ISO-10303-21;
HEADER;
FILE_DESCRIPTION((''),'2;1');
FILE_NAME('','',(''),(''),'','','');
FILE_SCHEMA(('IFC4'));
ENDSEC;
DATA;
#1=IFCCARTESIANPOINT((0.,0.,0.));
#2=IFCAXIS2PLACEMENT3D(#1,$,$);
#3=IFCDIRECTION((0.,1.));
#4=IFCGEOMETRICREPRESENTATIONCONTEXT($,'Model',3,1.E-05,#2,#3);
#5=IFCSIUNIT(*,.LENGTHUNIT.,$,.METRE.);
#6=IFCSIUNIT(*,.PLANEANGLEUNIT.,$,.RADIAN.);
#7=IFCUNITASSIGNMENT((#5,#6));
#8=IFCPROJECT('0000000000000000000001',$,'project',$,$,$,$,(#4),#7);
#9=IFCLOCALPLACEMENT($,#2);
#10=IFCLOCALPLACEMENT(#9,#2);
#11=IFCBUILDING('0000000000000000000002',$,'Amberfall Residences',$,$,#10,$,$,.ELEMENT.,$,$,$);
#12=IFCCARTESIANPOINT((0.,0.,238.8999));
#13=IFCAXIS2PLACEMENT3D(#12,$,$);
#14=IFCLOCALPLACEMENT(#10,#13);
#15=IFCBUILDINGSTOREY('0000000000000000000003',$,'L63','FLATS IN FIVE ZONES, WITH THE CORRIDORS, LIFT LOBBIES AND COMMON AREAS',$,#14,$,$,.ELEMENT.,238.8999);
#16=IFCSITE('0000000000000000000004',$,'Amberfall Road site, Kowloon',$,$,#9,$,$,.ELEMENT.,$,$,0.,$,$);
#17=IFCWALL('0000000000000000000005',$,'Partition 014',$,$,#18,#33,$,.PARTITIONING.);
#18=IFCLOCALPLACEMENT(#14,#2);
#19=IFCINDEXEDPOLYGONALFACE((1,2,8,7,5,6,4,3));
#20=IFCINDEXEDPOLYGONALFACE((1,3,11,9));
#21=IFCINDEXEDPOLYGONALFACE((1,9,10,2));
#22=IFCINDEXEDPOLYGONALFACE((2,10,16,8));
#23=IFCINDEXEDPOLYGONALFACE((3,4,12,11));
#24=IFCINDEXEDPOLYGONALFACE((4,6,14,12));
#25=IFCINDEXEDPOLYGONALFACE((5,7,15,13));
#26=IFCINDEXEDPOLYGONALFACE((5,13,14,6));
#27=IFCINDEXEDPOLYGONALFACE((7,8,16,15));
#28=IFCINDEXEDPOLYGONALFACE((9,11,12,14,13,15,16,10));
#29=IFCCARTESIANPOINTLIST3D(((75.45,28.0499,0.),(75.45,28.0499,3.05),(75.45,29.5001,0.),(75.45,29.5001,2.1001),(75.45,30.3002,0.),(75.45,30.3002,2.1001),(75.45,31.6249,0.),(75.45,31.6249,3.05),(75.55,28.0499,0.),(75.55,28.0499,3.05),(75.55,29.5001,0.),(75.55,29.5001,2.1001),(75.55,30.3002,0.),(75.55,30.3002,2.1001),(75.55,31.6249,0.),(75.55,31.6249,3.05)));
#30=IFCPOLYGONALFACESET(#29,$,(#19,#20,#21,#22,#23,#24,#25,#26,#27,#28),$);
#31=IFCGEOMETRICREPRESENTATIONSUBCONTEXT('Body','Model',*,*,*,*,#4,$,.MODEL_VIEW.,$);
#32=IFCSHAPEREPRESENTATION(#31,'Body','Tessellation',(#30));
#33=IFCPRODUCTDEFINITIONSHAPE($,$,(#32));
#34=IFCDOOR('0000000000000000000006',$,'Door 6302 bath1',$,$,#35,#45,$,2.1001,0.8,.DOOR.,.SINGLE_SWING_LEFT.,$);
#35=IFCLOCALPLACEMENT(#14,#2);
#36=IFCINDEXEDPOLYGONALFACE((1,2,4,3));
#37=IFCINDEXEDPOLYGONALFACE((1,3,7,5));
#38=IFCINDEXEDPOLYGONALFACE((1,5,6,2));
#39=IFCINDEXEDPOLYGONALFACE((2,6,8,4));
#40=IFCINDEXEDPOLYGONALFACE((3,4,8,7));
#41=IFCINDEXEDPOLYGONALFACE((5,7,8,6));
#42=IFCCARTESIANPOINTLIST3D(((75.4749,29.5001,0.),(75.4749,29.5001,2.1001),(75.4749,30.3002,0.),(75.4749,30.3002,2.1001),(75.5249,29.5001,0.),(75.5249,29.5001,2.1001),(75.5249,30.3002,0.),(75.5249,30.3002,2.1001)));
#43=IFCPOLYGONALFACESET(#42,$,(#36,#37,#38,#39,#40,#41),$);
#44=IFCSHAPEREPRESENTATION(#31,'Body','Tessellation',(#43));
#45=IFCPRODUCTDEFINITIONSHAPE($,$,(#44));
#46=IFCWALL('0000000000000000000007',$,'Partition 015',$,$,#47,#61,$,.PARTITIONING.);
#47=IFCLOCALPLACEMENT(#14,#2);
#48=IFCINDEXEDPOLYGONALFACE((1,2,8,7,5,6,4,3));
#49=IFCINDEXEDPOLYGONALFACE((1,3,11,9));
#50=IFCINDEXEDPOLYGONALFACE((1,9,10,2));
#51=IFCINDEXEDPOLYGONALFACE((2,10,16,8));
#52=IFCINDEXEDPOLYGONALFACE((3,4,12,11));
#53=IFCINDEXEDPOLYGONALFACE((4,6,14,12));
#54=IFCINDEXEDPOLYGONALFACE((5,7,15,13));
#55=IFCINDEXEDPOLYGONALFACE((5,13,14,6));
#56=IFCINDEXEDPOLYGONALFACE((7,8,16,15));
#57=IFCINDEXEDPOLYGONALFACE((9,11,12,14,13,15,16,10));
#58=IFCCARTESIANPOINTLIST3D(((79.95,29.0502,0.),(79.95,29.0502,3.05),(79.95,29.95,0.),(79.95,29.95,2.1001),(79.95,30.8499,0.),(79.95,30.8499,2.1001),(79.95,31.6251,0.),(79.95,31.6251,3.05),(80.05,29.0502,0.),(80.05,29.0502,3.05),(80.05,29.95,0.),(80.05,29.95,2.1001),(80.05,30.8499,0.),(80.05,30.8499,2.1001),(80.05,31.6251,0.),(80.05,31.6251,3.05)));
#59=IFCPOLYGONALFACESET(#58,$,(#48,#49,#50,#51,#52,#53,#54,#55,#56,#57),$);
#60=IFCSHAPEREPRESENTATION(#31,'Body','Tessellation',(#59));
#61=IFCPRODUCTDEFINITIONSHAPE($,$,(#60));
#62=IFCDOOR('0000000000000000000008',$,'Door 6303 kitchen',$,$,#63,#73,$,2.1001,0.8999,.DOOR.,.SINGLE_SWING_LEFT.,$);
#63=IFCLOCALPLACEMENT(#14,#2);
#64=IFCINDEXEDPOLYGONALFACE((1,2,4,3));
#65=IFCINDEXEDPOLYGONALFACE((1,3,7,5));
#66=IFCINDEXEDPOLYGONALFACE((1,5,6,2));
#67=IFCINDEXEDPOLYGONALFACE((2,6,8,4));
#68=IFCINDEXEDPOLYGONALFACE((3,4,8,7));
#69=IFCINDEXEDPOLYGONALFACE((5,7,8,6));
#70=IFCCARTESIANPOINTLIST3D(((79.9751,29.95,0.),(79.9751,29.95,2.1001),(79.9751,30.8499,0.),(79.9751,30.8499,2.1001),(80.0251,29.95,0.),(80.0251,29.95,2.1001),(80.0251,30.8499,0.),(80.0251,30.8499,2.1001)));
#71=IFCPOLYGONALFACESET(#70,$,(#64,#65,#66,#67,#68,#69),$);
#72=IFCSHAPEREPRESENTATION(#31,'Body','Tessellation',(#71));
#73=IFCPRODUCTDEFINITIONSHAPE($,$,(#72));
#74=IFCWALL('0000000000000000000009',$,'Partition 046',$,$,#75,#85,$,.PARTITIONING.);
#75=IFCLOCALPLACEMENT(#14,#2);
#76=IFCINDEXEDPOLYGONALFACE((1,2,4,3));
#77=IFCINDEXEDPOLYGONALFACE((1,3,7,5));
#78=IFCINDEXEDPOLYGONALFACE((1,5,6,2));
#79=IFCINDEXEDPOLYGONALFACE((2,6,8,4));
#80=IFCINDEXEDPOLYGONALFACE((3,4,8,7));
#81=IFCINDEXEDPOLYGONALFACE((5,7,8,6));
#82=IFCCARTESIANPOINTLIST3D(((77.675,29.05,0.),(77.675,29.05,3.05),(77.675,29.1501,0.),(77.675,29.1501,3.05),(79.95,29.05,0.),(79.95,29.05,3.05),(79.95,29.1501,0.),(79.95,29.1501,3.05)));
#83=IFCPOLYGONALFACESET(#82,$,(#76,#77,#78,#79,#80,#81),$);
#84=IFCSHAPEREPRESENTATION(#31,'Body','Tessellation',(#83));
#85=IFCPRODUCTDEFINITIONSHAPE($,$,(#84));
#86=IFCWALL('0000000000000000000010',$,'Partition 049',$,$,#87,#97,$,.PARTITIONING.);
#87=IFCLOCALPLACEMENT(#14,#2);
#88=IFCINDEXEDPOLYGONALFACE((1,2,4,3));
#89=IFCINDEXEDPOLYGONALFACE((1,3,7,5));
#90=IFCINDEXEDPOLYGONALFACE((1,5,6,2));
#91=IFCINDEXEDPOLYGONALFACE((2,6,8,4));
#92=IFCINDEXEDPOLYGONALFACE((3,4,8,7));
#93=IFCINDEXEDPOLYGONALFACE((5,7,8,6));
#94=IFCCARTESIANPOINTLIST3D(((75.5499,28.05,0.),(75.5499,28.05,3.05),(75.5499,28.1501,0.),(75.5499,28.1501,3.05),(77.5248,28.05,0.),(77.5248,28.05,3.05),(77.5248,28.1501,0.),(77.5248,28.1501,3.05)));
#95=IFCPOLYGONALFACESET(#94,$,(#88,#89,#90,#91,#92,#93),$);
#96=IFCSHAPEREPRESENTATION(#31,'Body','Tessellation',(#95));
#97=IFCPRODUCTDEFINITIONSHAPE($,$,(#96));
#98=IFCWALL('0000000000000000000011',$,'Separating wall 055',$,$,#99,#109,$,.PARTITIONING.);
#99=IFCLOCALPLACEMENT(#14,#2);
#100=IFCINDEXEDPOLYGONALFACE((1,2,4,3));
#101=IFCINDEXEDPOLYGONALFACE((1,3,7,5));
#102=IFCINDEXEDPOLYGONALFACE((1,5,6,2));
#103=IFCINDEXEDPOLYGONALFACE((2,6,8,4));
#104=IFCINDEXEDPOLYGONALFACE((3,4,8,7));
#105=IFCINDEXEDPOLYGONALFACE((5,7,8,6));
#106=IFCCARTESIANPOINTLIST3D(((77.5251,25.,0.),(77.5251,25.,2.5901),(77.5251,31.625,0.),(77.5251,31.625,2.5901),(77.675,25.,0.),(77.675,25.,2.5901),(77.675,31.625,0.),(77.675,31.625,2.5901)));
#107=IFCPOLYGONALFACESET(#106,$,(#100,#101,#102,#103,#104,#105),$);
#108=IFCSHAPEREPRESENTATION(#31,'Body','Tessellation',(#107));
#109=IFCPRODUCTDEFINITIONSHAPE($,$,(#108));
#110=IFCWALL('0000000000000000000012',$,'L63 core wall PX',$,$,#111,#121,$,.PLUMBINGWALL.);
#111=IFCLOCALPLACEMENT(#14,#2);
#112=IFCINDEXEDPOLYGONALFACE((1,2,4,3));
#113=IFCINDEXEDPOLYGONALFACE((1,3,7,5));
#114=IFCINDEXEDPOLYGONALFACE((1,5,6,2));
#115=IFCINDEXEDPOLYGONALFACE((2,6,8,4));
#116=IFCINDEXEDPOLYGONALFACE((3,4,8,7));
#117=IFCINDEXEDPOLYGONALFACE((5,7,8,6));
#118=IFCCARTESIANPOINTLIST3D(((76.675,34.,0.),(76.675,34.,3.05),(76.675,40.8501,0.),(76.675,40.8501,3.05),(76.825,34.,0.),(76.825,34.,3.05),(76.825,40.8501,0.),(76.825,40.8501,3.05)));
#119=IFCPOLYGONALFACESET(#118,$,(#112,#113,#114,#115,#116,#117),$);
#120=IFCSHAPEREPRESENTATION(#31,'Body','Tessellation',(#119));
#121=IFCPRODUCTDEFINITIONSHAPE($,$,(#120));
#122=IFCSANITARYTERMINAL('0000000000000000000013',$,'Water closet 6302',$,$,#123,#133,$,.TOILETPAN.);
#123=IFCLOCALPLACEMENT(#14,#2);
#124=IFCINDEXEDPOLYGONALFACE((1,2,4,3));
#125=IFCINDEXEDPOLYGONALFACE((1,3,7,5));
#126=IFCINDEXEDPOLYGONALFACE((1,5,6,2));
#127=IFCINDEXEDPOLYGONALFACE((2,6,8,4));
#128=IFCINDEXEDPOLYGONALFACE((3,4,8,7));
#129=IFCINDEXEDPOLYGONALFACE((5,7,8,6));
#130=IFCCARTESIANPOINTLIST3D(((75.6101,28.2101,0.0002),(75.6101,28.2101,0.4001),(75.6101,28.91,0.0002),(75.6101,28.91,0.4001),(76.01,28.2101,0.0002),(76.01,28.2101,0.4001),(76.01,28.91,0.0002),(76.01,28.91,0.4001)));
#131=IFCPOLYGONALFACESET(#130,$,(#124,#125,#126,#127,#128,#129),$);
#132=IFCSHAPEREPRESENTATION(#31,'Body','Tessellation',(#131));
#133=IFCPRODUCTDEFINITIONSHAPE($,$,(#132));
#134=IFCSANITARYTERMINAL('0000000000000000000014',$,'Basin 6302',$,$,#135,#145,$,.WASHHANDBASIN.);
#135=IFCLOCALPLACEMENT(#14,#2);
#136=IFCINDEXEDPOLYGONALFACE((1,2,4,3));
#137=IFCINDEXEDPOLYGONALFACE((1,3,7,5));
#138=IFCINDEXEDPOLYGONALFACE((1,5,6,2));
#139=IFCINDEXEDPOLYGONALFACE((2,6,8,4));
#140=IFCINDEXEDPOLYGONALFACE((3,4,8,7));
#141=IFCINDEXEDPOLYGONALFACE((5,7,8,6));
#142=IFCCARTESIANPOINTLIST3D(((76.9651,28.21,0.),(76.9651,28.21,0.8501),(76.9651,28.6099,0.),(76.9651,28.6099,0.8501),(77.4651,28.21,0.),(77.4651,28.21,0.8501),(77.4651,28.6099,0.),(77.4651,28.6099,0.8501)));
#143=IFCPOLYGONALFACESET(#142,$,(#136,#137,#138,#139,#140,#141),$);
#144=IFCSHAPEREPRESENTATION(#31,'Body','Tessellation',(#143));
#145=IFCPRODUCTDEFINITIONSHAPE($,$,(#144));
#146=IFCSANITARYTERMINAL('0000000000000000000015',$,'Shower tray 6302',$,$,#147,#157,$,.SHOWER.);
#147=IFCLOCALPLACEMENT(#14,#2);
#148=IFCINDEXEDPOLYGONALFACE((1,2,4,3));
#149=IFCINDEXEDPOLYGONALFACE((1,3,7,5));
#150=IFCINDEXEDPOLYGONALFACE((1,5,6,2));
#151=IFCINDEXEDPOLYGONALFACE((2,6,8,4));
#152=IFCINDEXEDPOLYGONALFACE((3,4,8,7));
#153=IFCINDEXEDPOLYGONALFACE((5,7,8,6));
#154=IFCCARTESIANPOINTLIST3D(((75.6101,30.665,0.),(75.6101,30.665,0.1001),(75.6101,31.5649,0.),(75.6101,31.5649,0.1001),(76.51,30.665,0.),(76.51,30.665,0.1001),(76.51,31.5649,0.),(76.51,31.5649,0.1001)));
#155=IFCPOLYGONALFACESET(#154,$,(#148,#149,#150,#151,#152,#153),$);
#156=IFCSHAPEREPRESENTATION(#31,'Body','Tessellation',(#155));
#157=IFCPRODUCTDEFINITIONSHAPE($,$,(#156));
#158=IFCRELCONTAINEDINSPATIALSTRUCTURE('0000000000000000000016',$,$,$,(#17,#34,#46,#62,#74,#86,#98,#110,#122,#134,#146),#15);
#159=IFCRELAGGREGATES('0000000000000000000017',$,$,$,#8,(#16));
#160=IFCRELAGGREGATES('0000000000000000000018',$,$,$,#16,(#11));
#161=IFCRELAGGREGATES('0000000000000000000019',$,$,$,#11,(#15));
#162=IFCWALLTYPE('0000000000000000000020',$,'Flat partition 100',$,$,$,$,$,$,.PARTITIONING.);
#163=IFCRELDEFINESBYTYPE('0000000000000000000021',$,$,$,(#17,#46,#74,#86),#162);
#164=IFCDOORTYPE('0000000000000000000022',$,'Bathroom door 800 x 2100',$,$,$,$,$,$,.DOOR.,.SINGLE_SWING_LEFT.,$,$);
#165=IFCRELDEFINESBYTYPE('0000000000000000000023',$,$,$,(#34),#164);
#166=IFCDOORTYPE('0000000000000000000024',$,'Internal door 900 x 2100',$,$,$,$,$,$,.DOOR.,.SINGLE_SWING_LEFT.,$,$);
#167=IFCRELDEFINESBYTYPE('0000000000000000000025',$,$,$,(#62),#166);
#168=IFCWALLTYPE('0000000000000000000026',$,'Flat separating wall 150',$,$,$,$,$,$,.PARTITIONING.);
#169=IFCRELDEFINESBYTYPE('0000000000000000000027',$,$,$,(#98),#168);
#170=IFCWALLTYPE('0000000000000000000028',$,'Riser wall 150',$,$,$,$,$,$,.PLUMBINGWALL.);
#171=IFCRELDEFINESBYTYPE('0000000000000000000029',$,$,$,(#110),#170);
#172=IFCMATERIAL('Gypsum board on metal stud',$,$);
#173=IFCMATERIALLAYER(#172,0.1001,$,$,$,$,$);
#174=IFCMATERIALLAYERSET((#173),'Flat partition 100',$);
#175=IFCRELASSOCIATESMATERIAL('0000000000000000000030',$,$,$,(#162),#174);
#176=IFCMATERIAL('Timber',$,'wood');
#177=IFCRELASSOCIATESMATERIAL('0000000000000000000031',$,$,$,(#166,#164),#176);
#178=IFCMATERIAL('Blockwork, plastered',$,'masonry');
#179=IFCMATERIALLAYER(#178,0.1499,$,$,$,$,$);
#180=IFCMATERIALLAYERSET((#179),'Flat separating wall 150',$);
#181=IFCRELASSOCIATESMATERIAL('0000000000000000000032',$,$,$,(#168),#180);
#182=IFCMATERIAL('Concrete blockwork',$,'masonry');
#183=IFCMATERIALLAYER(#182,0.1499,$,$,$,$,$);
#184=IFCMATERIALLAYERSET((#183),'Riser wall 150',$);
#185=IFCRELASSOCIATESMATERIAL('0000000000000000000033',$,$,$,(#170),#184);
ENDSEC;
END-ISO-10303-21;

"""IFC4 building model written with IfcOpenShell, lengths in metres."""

from ifc_helpers import new_model, si_unit, direction, frame, frame_2d, origin, origin_2d, place, context, subcontext, project, spatial, rectangle, extrude, material, layer, layer_set, type_object, element, fill, save


model = new_model("IFC4")

# Units and contexts
model_context = context("Model", 3, precision=1e-05, world=origin(), true_north=direction((0.0, 1.0)))
body_context = subcontext(model_context, "Body", "Model", "MODEL_VIEW")
ifc_project = project(units=[si_unit("LENGTHUNIT", "METRE"), si_unit("PLANEANGLEUNIT", "RADIAN")], contexts=[model_context])

# Site, building, storey
site_placement = place(None, origin())
site = spatial("IfcSite", under=ifc_project, at=site_placement, Name="Amberfall Road site, Kowloon", CompositionType="ELEMENT", RefElevation=0.0)
building_placement = place(site_placement, origin())
building = spatial("IfcBuilding", under=site, at=building_placement, Name="Amberfall Residences", CompositionType="ELEMENT")
storey_placement = place(building_placement, frame((0.0, 0.0, 238.8999)))
storey = spatial("IfcBuildingStorey", under=building, at=storey_placement, Name="L63", Description="FLATS IN FIVE ZONES, WITH THE CORRIDORS, LIFT LOBBIES AND COMMON AREAS", CompositionType="ELEMENT", Elevation=238.8999)

# Walls, openings, doors
ifc_material_1 = material(Name="Gypsum board on metal stud")
ifc_layer_1 = layer(ifc_material_1, 0.1001)
ifc_layer_set_1 = layer_set([ifc_layer_1], Name="Flat partition 100")
wall_type_1 = type_object("IfcWallType", Name="Flat partition 100", PredefinedType="PARTITIONING", material=ifc_layer_set_1)
ifc_material_2 = material(Name="Timber", Category="wood")
door_type_1 = type_object("IfcDoorType", Name="Internal door 900 x 2100", OperationType="SINGLE_SWING_LEFT", PredefinedType="DOOR", material=ifc_material_2)
wall_1_placement = place(storey_placement, frame((75.5, 31.625, 0.0), z_axis=(0.0, 0.0, 1.0), x_axis=(0.0, -1.0, 0.0)))
wall_1 = element("IfcWall", 1, at=wall_1_placement, inside=storey, type_object=wall_type_1, Name="Partition 014", PredefinedType="PARTITIONING", context=body_context, shape_type="SweptSolid", body=[
    extrude(rectangle(XDim=3.575, YDim=0.1001, at=frame_2d((1.7876, 0.0))), origin(), (0.0, 0.0, 1.0), 3.05),
])
opening_1_placement = place(wall_1_placement, frame((1.325, 0.0, 0.0)))
opening_1 = element("IfcOpeningElement", 2, at=opening_1_placement, cuts=wall_1, PredefinedType="OPENING", context=body_context, shape_type="SweptSolid", body=[
    extrude(rectangle(XDim=0.8, YDim=2.1001, at=frame_2d((0.3999, 1.05))), frame((0.0, 0.0601, 0.0), z_axis=(0.0, -1.0, 0.0), x_axis=(1.0, 0.0, 0.0)), (0.0, 0.0, 1.0), 0.1201),
])
door_type_2 = type_object("IfcDoorType", Name="Bathroom door 800 x 2100", OperationType="SINGLE_SWING_LEFT", PredefinedType="DOOR", material=ifc_material_2)
door_1_placement = place(opening_1_placement, origin())
door_1 = element("IfcDoor", 3, at=door_1_placement, inside=storey, type_object=door_type_2, Name="Door 6302 bath1", OperationType="SINGLE_SWING_LEFT", OverallHeight=2.1001, OverallWidth=0.8, PredefinedType="DOOR", context=body_context, shape_type="SweptSolid", body=[
    extrude(rectangle(XDim=0.8, YDim=2.1001, at=frame_2d((0.3999, 1.05))), frame((0.0, 0.0249, 0.0), z_axis=(0.0, -1.0, 0.0), x_axis=(1.0, 0.0, 0.0)), (0.0, 0.0, 1.0), 0.05),
])
fill(opening_1, door_1)
wall_2_placement = place(storey_placement, frame((80.0, 29.05, 0.0), z_axis=(0.0, 0.0, 1.0), x_axis=(0.0, 1.0, 0.0)))
wall_2 = element("IfcWall", 4, at=wall_2_placement, inside=storey, type_object=wall_type_1, Name="Partition 015", PredefinedType="PARTITIONING", context=body_context, shape_type="SweptSolid", body=[
    extrude(rectangle(XDim=2.575, YDim=0.1001, at=frame_2d((1.2876, 0.0))), origin(), (0.0, 0.0, 1.0), 3.05),
])
opening_2_placement = place(wall_2_placement, frame((0.8999, 0.0, 0.0)))
opening_2 = element("IfcOpeningElement", 5, at=opening_2_placement, cuts=wall_2, PredefinedType="OPENING", context=body_context, shape_type="SweptSolid", body=[
    extrude(rectangle(XDim=0.8999, YDim=2.1001, at=frame_2d((0.45, 1.05))), frame((0.0, 0.0601, 0.0), z_axis=(0.0, -1.0, 0.0), x_axis=(1.0, 0.0, 0.0)), (0.0, 0.0, 1.0), 0.1201),
])
door_2_placement = place(opening_2_placement, origin())
door_2 = element("IfcDoor", 6, at=door_2_placement, inside=storey, type_object=door_type_1, Name="Door 6303 kitchen", OperationType="SINGLE_SWING_LEFT", OverallHeight=2.1001, OverallWidth=0.8999, PredefinedType="DOOR", context=body_context, shape_type="SweptSolid", body=[
    extrude(rectangle(XDim=0.8999, YDim=2.1001, at=frame_2d((0.45, 1.05))), frame((0.0, 0.0249, 0.0), z_axis=(0.0, -1.0, 0.0), x_axis=(1.0, 0.0, 0.0)), (0.0, 0.0, 1.0), 0.05),
])
fill(opening_2, door_2)

# Walls
wall_3_placement = place(storey_placement, frame((77.675, 29.1001, 0.0), z_axis=(0.0, 0.0, 1.0), x_axis=(1.0, 0.0, 0.0)))
element("IfcWall", 7, at=wall_3_placement, inside=storey, type_object=wall_type_1, Name="Partition 046", PredefinedType="PARTITIONING", context=body_context, shape_type="SweptSolid", body=[
    extrude(rectangle(XDim=2.2749, YDim=0.1001, at=frame_2d((1.1375, 0.0))), origin(), (0.0, 0.0, 1.0), 3.05),
])
wall_4_placement = place(storey_placement, frame((75.55, 28.1001, 0.0), z_axis=(0.0, 0.0, 1.0), x_axis=(1.0, 0.0, 0.0)))
element("IfcWall", 8, at=wall_4_placement, inside=storey, type_object=wall_type_1, Name="Partition 049", PredefinedType="PARTITIONING", context=body_context, shape_type="SweptSolid", body=[
    extrude(rectangle(XDim=1.9749, YDim=0.1001, at=frame_2d((0.9873, 0.0))), origin(), (0.0, 0.0, 1.0), 3.05),
])
ifc_material_3 = material(Name="Blockwork, plastered", Category="masonry")
ifc_layer_2 = layer(ifc_material_3, 0.1499)
ifc_layer_set_2 = layer_set([ifc_layer_2], Name="Flat separating wall 150")
wall_type_2 = type_object("IfcWallType", Name="Flat separating wall 150", PredefinedType="PARTITIONING", material=ifc_layer_set_2)
wall_5_placement = place(storey_placement, frame((77.6001, 25.0, 0.0), z_axis=(0.0, 0.0, 1.0), x_axis=(0.0, 1.0, 0.0)))
element("IfcWall", 9, at=wall_5_placement, inside=storey, type_object=wall_type_2, Name="Separating wall 055", PredefinedType="PARTITIONING", context=body_context, shape_type="SweptSolid", body=[
    extrude(rectangle(XDim=6.625, YDim=0.1499, at=frame_2d((3.3125, 0.0))), origin(), (0.0, 0.0, 1.0), 2.5901),
])
ifc_material_4 = material(Name="Concrete blockwork", Category="masonry")
ifc_layer_3 = layer(ifc_material_4, 0.1499)
ifc_layer_set_3 = layer_set([ifc_layer_3], Name="Riser wall 150")
wall_type_3 = type_object("IfcWallType", Name="Riser wall 150", PredefinedType="PLUMBINGWALL", material=ifc_layer_set_3)
wall_6_placement = place(storey_placement, frame((76.75, 34.0, 0.0), z_axis=(0.0, 0.0, 1.0), x_axis=(0.0, 1.0, 0.0)))
element("IfcWall", 10, at=wall_6_placement, inside=storey, type_object=wall_type_3, Name="L63 core wall PX", PredefinedType="PLUMBINGWALL", context=body_context, shape_type="SweptSolid", body=[
    extrude(rectangle(XDim=6.8501, YDim=0.1499, at=frame_2d((3.425, 0.0))), origin(), (0.0, 0.0, 1.0), 3.05),
])

# Sanitary terminals
sanitary_terminal_1_placement = place(storey_placement, frame((75.8101, 28.5601, 0.0002), z_axis=(0.0, 0.0, 1.0), x_axis=(1.0, 0.0, 0.0)))
element("IfcSanitaryTerminal", 11, at=sanitary_terminal_1_placement, inside=storey, Name="Water closet 6302", PredefinedType="TOILETPAN", context=body_context, shape_type="SweptSolid", body=[
    extrude(rectangle(XDim=0.3999, YDim=0.7, at=origin_2d()), origin(), (0.0, 0.0, 1.0), 0.3999),
])
sanitary_terminal_2_placement = place(storey_placement, frame((77.2151, 28.4099, 0.0), z_axis=(0.0, 0.0, 1.0), x_axis=(1.0, 0.0, 0.0)))
element("IfcSanitaryTerminal", 12, at=sanitary_terminal_2_placement, inside=storey, Name="Basin 6302", PredefinedType="WASHHANDBASIN", context=body_context, shape_type="SweptSolid", body=[
    extrude(rectangle(XDim=0.5, YDim=0.3999, at=origin_2d()), origin(), (0.0, 0.0, 1.0), 0.8501),
])
sanitary_terminal_3_placement = place(storey_placement, frame((76.0601, 31.115, 0.0), z_axis=(0.0, 0.0, 1.0), x_axis=(1.0, 0.0, 0.0)))
element("IfcSanitaryTerminal", 13, at=sanitary_terminal_3_placement, inside=storey, Name="Shower tray 6302", PredefinedType="SHOWER", context=body_context, shape_type="SweptSolid", body=[
    extrude(rectangle(XDim=0.8999, YDim=0.8999, at=origin_2d()), origin(), (0.0, 0.0, 1.0), 0.1001),
])

save(model, "model.ifc")
